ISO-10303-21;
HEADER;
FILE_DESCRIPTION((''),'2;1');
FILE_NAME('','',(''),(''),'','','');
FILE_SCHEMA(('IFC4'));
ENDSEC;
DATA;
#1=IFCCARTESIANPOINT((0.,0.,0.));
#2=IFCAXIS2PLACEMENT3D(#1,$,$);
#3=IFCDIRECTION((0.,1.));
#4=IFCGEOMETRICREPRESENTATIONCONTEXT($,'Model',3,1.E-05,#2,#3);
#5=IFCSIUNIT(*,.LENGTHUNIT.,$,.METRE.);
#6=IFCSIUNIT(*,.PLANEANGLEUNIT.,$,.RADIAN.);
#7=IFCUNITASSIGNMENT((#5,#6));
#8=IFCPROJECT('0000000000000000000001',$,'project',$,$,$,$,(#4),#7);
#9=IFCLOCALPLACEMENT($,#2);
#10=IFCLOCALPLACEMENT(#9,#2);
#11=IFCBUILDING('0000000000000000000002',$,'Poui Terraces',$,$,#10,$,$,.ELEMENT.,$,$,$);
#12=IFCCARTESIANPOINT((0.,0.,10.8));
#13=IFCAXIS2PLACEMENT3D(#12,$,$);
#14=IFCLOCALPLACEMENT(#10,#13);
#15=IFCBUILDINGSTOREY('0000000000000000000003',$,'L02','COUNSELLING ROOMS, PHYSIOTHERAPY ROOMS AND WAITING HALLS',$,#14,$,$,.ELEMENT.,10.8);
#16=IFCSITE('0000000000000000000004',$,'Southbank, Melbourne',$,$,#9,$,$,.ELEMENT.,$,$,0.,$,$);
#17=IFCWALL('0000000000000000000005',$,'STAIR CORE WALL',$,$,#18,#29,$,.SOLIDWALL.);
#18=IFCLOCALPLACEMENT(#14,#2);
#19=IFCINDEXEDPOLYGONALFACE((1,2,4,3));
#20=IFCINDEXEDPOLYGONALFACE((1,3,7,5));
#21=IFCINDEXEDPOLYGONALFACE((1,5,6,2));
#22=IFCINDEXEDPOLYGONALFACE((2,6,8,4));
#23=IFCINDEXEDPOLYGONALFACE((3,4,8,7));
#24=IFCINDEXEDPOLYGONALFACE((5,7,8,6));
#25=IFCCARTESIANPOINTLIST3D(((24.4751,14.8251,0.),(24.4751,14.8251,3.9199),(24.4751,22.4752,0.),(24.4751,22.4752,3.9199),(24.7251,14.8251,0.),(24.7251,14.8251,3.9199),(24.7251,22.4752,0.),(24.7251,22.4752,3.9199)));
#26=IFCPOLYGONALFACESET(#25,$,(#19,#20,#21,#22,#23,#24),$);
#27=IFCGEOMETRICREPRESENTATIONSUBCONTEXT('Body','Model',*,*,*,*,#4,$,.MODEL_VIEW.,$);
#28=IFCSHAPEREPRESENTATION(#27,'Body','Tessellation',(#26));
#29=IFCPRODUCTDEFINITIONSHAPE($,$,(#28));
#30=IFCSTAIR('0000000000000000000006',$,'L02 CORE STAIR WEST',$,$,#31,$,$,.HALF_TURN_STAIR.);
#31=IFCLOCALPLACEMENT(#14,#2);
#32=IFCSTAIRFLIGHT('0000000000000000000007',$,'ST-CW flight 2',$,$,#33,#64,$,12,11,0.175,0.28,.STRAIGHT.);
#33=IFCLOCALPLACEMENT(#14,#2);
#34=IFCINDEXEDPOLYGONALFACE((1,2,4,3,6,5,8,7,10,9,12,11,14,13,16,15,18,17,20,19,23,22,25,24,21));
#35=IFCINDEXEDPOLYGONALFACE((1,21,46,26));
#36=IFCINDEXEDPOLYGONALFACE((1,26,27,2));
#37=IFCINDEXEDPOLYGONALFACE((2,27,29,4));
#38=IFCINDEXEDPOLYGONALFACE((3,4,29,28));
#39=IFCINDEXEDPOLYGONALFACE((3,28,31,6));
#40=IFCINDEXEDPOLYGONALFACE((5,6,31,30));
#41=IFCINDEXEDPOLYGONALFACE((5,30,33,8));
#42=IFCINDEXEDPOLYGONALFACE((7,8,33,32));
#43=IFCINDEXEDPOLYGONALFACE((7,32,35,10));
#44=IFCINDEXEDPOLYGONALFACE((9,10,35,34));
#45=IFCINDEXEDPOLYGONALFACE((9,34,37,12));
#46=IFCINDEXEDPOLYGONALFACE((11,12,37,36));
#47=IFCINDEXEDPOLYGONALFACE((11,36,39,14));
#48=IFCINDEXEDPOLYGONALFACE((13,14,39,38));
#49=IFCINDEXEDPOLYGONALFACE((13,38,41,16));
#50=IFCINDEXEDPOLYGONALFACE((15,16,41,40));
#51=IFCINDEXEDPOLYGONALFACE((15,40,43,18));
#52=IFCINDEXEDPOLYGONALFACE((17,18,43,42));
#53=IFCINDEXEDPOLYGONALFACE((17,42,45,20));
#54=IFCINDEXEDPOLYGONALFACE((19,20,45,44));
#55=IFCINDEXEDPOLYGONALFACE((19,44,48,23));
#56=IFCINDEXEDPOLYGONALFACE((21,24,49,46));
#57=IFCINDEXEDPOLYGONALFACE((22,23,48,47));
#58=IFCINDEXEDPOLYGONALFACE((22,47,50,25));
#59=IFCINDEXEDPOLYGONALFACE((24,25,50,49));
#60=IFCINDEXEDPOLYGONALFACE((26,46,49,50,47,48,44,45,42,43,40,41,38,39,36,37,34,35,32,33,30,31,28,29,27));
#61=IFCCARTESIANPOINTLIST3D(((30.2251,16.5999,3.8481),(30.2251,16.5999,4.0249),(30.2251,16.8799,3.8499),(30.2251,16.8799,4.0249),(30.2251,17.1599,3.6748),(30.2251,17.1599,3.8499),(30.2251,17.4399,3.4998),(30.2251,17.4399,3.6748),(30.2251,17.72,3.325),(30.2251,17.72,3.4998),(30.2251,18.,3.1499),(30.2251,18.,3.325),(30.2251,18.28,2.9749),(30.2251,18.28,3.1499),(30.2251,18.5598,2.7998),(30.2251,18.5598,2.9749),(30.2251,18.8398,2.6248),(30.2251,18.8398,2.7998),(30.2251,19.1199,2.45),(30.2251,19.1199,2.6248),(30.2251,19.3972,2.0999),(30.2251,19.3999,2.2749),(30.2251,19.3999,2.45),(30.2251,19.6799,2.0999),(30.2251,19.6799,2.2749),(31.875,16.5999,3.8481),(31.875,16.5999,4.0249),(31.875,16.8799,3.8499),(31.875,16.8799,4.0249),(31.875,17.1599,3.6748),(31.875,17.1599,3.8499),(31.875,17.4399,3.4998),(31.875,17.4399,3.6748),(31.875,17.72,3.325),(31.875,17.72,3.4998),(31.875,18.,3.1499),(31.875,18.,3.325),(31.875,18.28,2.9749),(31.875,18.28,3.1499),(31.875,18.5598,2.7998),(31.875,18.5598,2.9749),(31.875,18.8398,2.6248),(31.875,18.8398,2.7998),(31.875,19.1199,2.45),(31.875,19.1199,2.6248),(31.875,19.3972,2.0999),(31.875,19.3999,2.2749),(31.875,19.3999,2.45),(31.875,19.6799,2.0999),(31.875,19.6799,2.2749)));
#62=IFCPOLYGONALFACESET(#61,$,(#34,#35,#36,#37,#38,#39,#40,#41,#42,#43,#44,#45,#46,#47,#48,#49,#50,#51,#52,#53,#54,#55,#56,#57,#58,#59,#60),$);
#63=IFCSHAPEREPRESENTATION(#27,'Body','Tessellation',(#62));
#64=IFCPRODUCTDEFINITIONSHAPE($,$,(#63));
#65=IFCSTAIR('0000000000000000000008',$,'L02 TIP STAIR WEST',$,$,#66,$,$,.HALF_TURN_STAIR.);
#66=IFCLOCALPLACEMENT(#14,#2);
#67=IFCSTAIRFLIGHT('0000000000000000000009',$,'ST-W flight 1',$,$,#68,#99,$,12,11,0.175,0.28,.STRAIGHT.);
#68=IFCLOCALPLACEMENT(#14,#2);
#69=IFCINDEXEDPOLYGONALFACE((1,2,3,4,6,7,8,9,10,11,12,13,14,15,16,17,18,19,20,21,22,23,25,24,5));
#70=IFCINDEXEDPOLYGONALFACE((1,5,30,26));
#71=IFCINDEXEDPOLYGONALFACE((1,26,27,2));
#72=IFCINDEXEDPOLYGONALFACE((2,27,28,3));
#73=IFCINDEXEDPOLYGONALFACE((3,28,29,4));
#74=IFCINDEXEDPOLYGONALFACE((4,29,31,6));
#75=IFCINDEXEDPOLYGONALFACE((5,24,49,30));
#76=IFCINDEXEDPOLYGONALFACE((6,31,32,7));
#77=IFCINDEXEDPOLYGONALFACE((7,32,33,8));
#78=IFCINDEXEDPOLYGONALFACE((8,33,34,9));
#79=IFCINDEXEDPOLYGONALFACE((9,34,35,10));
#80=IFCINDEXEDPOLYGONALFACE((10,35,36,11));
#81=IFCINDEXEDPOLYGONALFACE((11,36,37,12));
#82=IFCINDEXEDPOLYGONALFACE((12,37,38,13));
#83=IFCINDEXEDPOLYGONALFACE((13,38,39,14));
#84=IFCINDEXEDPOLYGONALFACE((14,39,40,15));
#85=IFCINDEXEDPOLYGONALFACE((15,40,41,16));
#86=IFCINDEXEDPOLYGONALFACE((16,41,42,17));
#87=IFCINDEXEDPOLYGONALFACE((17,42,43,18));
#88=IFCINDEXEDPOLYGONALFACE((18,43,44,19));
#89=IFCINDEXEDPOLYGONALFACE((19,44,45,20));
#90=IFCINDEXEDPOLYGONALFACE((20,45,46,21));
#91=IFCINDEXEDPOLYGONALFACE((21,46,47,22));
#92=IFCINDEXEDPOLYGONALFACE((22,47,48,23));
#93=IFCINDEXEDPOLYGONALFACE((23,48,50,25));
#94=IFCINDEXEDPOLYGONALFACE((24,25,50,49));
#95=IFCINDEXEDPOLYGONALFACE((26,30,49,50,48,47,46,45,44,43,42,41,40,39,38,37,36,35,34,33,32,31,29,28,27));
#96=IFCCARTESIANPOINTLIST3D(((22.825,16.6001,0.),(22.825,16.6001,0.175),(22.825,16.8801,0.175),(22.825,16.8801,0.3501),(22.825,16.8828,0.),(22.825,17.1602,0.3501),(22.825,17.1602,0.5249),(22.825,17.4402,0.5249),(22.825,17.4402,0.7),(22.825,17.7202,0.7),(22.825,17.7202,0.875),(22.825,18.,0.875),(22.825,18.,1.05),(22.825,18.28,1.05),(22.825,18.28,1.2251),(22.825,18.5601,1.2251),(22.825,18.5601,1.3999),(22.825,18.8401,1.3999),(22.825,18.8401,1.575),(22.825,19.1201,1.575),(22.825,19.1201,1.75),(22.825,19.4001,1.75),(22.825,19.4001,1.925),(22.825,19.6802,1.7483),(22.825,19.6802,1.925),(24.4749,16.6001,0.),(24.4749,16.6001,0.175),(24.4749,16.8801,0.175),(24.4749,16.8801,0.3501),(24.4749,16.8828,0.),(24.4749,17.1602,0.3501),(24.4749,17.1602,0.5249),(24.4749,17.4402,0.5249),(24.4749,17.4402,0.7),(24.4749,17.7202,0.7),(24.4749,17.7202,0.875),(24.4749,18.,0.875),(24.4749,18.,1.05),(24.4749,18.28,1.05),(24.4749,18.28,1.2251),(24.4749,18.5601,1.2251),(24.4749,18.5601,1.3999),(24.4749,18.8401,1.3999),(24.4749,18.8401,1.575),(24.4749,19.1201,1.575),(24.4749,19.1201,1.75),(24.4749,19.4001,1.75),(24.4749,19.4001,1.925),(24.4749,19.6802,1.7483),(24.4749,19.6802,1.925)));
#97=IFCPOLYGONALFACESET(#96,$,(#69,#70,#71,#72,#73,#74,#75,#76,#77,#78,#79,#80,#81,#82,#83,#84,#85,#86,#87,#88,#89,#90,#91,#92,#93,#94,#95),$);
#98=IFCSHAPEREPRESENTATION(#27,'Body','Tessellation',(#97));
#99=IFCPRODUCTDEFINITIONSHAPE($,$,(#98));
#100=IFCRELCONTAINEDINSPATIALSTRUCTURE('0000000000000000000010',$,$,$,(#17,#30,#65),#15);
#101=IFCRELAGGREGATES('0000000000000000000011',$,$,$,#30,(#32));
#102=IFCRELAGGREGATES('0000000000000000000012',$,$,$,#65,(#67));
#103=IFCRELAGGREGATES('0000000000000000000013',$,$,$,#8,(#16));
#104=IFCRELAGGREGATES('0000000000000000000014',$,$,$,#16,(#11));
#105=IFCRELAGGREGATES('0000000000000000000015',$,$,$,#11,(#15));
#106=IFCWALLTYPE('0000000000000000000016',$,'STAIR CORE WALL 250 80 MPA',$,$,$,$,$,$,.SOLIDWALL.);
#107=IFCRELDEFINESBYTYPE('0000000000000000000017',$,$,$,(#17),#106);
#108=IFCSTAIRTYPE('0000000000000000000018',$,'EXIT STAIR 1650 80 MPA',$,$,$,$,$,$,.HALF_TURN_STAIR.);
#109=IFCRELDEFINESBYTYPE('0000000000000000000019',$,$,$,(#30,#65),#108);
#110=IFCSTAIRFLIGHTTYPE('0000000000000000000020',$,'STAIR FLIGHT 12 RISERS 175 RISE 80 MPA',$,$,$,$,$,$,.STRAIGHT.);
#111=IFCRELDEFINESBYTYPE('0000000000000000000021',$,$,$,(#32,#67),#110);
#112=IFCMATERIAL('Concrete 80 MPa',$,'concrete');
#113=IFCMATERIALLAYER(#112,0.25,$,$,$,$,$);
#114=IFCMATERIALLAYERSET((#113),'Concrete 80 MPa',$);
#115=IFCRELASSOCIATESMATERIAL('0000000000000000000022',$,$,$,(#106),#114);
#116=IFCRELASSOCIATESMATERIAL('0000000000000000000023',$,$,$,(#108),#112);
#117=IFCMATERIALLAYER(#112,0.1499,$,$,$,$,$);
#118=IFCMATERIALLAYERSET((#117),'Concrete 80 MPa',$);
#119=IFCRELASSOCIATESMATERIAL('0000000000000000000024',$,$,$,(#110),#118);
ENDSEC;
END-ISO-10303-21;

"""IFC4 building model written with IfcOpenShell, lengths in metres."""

from ifc_helpers import new_model, si_unit, direction, frame, frame_2d, origin, place, context, subcontext, project, spatial, polyline, rectangle, outline, extrude, material, layer, layer_set, type_object, element, aggregate, save


model = new_model("IFC4")

# Units and contexts
model_context = context("Model", 3, precision=1e-05, world=origin(), true_north=direction((0.0, 1.0)))
body_context = subcontext(model_context, "Body", "Model", "MODEL_VIEW")
ifc_project = project(units=[si_unit("LENGTHUNIT", "METRE"), si_unit("PLANEANGLEUNIT", "RADIAN")], contexts=[model_context])

# Site, building, storey
site_placement = place(None, origin())
site = spatial("IfcSite", under=ifc_project, at=site_placement, Name="Southbank, Melbourne", CompositionType="ELEMENT", RefElevation=0.0)
building_placement = place(site_placement, origin())
building = spatial("IfcBuilding", under=site, at=building_placement, Name="Poui Terraces", CompositionType="ELEMENT")
storey_placement = place(building_placement, frame((0.0, 0.0, 10.8)))
storey = spatial("IfcBuildingStorey", under=building, at=storey_placement, Name="L02", Description="COUNSELLING ROOMS, PHYSIOTHERAPY ROOMS AND WAITING HALLS", CompositionType="ELEMENT", Elevation=10.8)

# Shared definitions
ifc_material_1 = material(Name="Concrete 80 MPa", Category="concrete")

# Wall
ifc_layer_1 = layer(ifc_material_1, 0.25)
ifc_layer_set_1 = layer_set([ifc_layer_1], Name="Concrete 80 MPa")
wall_type_1 = type_object("IfcWallType", Name="STAIR CORE WALL 250 80 MPA", PredefinedType="SOLIDWALL", material=ifc_layer_set_1)
wall_1_placement = place(storey_placement, frame((24.6001, 14.825, 0.0), z_axis=(0.0, 0.0, 1.0), x_axis=(0.0, 1.0, 0.0)))
element("IfcWall", 1, at=wall_1_placement, inside=storey, type_object=wall_type_1, Name="STAIR CORE WALL", PredefinedType="SOLIDWALL", context=body_context, shape_type="SweptSolid", body=[
    extrude(rectangle(XDim=7.6501, YDim=0.25, at=frame_2d((3.8252, 0.0))), origin(), (0.0, 0.0, 1.0), 3.9199),
])

# Stairs, stair flights
stair_type = type_object("IfcStairType", Name="EXIT STAIR 1650 80 MPA", PredefinedType="HALF_TURN_STAIR", material=ifc_material_1)
stair_1_placement = place(storey_placement, origin())
stair_1 = element("IfcStair", 2, at=stair_1_placement, inside=storey, type_object=stair_type, Name="L02 CORE STAIR WEST", PredefinedType="HALF_TURN_STAIR")
ifc_layer_2 = layer(ifc_material_1, 0.1499)
ifc_layer_set_2 = layer_set([ifc_layer_2], Name="Concrete 80 MPa")
stair_flight_type = type_object("IfcStairFlightType", Name="STAIR FLIGHT 12 RISERS 175 RISE 80 MPA", PredefinedType="STRAIGHT", material=ifc_layer_set_2)
stair_flight_1_placement = place(storey_placement, frame((31.05, 19.6799, 2.0999), z_axis=(0.0, 0.0, 1.0), x_axis=(0.0, -1.0, 0.0)))
stair_flight_1 = element("IfcStairFlight", 3, at=stair_flight_1_placement, type_object=stair_flight_type, Name="ST-CW flight 2", NumberOfRisers=12, NumberOfTreads=11, PredefinedType="STRAIGHT", RiserHeight=0.175, TreadLength=0.28, context=body_context, shape_type="SweptSolid", body=[
    extrude(outline(polyline([(0.0, 0.0), (0.0, 0.175), (0.28, 0.175), (0.28, 0.3501), (0.5601, 0.3501), (0.5601, 0.5249), (0.8401, 0.5249), (0.8401, 0.7), (1.1201, 0.7), (1.1201, 0.875), (1.3999, 0.875), (1.3999, 1.05), (1.6799, 1.05), (1.6799, 1.2251), (1.96, 1.2251), (1.96, 1.3999), (2.24, 1.3999), (2.24, 1.575), (2.52, 1.575), (2.52, 1.75), (2.8, 1.75), (2.8, 1.925), (3.0801, 1.925), (3.0801, 2.1001), (3.0801, 1.7483), (0.2827, 0.0), (0.0, 0.0)])), frame((0.0, 0.825, 0.0), z_axis=(0.0, -1.0, 0.0), x_axis=(1.0, 0.0, 0.0)), (0.0, 0.0, 1.0), 1.6499),
])
aggregate(stair_1, [stair_flight_1])
stair_2_placement = place(storey_placement, origin())
stair_2 = element("IfcStair", 4, at=stair_2_placement, inside=storey, type_object=stair_type, Name="L02 TIP STAIR WEST", PredefinedType="HALF_TURN_STAIR")
stair_flight_2_placement = place(storey_placement, frame((23.6499, 16.6001, 0.0), z_axis=(0.0, 0.0, 1.0), x_axis=(0.0, 1.0, 0.0)))
stair_flight_2 = element("IfcStairFlight", 5, at=stair_flight_2_placement, type_object=stair_flight_type, Name="ST-W flight 1", NumberOfRisers=12, NumberOfTreads=11, PredefinedType="STRAIGHT", RiserHeight=0.175, TreadLength=0.28, context=body_context, shape_type="SweptSolid", body=[
    extrude(outline(polyline([(0.0, 0.0), (0.0, 0.175), (0.28, 0.175), (0.28, 0.3501), (0.5601, 0.3501), (0.5601, 0.5249), (0.8401, 0.5249), (0.8401, 0.7), (1.1201, 0.7), (1.1201, 0.875), (1.3999, 0.875), (1.3999, 1.05), (1.6799, 1.05), (1.6799, 1.2251), (1.96, 1.2251), (1.96, 1.3999), (2.24, 1.3999), (2.24, 1.575), (2.52, 1.575), (2.52, 1.75), (2.8, 1.75), (2.8, 1.925), (3.0801, 1.925), (3.0801, 2.1001), (3.0801, 1.7483), (0.2827, 0.0), (0.0, 0.0)])), frame((0.0, 0.825, 0.0), z_axis=(0.0, -1.0, 0.0), x_axis=(1.0, 0.0, 0.0)), (0.0, 0.0, 1.0), 1.6499),
])
aggregate(stair_2, [stair_flight_2])

save(model, "model.ifc")
